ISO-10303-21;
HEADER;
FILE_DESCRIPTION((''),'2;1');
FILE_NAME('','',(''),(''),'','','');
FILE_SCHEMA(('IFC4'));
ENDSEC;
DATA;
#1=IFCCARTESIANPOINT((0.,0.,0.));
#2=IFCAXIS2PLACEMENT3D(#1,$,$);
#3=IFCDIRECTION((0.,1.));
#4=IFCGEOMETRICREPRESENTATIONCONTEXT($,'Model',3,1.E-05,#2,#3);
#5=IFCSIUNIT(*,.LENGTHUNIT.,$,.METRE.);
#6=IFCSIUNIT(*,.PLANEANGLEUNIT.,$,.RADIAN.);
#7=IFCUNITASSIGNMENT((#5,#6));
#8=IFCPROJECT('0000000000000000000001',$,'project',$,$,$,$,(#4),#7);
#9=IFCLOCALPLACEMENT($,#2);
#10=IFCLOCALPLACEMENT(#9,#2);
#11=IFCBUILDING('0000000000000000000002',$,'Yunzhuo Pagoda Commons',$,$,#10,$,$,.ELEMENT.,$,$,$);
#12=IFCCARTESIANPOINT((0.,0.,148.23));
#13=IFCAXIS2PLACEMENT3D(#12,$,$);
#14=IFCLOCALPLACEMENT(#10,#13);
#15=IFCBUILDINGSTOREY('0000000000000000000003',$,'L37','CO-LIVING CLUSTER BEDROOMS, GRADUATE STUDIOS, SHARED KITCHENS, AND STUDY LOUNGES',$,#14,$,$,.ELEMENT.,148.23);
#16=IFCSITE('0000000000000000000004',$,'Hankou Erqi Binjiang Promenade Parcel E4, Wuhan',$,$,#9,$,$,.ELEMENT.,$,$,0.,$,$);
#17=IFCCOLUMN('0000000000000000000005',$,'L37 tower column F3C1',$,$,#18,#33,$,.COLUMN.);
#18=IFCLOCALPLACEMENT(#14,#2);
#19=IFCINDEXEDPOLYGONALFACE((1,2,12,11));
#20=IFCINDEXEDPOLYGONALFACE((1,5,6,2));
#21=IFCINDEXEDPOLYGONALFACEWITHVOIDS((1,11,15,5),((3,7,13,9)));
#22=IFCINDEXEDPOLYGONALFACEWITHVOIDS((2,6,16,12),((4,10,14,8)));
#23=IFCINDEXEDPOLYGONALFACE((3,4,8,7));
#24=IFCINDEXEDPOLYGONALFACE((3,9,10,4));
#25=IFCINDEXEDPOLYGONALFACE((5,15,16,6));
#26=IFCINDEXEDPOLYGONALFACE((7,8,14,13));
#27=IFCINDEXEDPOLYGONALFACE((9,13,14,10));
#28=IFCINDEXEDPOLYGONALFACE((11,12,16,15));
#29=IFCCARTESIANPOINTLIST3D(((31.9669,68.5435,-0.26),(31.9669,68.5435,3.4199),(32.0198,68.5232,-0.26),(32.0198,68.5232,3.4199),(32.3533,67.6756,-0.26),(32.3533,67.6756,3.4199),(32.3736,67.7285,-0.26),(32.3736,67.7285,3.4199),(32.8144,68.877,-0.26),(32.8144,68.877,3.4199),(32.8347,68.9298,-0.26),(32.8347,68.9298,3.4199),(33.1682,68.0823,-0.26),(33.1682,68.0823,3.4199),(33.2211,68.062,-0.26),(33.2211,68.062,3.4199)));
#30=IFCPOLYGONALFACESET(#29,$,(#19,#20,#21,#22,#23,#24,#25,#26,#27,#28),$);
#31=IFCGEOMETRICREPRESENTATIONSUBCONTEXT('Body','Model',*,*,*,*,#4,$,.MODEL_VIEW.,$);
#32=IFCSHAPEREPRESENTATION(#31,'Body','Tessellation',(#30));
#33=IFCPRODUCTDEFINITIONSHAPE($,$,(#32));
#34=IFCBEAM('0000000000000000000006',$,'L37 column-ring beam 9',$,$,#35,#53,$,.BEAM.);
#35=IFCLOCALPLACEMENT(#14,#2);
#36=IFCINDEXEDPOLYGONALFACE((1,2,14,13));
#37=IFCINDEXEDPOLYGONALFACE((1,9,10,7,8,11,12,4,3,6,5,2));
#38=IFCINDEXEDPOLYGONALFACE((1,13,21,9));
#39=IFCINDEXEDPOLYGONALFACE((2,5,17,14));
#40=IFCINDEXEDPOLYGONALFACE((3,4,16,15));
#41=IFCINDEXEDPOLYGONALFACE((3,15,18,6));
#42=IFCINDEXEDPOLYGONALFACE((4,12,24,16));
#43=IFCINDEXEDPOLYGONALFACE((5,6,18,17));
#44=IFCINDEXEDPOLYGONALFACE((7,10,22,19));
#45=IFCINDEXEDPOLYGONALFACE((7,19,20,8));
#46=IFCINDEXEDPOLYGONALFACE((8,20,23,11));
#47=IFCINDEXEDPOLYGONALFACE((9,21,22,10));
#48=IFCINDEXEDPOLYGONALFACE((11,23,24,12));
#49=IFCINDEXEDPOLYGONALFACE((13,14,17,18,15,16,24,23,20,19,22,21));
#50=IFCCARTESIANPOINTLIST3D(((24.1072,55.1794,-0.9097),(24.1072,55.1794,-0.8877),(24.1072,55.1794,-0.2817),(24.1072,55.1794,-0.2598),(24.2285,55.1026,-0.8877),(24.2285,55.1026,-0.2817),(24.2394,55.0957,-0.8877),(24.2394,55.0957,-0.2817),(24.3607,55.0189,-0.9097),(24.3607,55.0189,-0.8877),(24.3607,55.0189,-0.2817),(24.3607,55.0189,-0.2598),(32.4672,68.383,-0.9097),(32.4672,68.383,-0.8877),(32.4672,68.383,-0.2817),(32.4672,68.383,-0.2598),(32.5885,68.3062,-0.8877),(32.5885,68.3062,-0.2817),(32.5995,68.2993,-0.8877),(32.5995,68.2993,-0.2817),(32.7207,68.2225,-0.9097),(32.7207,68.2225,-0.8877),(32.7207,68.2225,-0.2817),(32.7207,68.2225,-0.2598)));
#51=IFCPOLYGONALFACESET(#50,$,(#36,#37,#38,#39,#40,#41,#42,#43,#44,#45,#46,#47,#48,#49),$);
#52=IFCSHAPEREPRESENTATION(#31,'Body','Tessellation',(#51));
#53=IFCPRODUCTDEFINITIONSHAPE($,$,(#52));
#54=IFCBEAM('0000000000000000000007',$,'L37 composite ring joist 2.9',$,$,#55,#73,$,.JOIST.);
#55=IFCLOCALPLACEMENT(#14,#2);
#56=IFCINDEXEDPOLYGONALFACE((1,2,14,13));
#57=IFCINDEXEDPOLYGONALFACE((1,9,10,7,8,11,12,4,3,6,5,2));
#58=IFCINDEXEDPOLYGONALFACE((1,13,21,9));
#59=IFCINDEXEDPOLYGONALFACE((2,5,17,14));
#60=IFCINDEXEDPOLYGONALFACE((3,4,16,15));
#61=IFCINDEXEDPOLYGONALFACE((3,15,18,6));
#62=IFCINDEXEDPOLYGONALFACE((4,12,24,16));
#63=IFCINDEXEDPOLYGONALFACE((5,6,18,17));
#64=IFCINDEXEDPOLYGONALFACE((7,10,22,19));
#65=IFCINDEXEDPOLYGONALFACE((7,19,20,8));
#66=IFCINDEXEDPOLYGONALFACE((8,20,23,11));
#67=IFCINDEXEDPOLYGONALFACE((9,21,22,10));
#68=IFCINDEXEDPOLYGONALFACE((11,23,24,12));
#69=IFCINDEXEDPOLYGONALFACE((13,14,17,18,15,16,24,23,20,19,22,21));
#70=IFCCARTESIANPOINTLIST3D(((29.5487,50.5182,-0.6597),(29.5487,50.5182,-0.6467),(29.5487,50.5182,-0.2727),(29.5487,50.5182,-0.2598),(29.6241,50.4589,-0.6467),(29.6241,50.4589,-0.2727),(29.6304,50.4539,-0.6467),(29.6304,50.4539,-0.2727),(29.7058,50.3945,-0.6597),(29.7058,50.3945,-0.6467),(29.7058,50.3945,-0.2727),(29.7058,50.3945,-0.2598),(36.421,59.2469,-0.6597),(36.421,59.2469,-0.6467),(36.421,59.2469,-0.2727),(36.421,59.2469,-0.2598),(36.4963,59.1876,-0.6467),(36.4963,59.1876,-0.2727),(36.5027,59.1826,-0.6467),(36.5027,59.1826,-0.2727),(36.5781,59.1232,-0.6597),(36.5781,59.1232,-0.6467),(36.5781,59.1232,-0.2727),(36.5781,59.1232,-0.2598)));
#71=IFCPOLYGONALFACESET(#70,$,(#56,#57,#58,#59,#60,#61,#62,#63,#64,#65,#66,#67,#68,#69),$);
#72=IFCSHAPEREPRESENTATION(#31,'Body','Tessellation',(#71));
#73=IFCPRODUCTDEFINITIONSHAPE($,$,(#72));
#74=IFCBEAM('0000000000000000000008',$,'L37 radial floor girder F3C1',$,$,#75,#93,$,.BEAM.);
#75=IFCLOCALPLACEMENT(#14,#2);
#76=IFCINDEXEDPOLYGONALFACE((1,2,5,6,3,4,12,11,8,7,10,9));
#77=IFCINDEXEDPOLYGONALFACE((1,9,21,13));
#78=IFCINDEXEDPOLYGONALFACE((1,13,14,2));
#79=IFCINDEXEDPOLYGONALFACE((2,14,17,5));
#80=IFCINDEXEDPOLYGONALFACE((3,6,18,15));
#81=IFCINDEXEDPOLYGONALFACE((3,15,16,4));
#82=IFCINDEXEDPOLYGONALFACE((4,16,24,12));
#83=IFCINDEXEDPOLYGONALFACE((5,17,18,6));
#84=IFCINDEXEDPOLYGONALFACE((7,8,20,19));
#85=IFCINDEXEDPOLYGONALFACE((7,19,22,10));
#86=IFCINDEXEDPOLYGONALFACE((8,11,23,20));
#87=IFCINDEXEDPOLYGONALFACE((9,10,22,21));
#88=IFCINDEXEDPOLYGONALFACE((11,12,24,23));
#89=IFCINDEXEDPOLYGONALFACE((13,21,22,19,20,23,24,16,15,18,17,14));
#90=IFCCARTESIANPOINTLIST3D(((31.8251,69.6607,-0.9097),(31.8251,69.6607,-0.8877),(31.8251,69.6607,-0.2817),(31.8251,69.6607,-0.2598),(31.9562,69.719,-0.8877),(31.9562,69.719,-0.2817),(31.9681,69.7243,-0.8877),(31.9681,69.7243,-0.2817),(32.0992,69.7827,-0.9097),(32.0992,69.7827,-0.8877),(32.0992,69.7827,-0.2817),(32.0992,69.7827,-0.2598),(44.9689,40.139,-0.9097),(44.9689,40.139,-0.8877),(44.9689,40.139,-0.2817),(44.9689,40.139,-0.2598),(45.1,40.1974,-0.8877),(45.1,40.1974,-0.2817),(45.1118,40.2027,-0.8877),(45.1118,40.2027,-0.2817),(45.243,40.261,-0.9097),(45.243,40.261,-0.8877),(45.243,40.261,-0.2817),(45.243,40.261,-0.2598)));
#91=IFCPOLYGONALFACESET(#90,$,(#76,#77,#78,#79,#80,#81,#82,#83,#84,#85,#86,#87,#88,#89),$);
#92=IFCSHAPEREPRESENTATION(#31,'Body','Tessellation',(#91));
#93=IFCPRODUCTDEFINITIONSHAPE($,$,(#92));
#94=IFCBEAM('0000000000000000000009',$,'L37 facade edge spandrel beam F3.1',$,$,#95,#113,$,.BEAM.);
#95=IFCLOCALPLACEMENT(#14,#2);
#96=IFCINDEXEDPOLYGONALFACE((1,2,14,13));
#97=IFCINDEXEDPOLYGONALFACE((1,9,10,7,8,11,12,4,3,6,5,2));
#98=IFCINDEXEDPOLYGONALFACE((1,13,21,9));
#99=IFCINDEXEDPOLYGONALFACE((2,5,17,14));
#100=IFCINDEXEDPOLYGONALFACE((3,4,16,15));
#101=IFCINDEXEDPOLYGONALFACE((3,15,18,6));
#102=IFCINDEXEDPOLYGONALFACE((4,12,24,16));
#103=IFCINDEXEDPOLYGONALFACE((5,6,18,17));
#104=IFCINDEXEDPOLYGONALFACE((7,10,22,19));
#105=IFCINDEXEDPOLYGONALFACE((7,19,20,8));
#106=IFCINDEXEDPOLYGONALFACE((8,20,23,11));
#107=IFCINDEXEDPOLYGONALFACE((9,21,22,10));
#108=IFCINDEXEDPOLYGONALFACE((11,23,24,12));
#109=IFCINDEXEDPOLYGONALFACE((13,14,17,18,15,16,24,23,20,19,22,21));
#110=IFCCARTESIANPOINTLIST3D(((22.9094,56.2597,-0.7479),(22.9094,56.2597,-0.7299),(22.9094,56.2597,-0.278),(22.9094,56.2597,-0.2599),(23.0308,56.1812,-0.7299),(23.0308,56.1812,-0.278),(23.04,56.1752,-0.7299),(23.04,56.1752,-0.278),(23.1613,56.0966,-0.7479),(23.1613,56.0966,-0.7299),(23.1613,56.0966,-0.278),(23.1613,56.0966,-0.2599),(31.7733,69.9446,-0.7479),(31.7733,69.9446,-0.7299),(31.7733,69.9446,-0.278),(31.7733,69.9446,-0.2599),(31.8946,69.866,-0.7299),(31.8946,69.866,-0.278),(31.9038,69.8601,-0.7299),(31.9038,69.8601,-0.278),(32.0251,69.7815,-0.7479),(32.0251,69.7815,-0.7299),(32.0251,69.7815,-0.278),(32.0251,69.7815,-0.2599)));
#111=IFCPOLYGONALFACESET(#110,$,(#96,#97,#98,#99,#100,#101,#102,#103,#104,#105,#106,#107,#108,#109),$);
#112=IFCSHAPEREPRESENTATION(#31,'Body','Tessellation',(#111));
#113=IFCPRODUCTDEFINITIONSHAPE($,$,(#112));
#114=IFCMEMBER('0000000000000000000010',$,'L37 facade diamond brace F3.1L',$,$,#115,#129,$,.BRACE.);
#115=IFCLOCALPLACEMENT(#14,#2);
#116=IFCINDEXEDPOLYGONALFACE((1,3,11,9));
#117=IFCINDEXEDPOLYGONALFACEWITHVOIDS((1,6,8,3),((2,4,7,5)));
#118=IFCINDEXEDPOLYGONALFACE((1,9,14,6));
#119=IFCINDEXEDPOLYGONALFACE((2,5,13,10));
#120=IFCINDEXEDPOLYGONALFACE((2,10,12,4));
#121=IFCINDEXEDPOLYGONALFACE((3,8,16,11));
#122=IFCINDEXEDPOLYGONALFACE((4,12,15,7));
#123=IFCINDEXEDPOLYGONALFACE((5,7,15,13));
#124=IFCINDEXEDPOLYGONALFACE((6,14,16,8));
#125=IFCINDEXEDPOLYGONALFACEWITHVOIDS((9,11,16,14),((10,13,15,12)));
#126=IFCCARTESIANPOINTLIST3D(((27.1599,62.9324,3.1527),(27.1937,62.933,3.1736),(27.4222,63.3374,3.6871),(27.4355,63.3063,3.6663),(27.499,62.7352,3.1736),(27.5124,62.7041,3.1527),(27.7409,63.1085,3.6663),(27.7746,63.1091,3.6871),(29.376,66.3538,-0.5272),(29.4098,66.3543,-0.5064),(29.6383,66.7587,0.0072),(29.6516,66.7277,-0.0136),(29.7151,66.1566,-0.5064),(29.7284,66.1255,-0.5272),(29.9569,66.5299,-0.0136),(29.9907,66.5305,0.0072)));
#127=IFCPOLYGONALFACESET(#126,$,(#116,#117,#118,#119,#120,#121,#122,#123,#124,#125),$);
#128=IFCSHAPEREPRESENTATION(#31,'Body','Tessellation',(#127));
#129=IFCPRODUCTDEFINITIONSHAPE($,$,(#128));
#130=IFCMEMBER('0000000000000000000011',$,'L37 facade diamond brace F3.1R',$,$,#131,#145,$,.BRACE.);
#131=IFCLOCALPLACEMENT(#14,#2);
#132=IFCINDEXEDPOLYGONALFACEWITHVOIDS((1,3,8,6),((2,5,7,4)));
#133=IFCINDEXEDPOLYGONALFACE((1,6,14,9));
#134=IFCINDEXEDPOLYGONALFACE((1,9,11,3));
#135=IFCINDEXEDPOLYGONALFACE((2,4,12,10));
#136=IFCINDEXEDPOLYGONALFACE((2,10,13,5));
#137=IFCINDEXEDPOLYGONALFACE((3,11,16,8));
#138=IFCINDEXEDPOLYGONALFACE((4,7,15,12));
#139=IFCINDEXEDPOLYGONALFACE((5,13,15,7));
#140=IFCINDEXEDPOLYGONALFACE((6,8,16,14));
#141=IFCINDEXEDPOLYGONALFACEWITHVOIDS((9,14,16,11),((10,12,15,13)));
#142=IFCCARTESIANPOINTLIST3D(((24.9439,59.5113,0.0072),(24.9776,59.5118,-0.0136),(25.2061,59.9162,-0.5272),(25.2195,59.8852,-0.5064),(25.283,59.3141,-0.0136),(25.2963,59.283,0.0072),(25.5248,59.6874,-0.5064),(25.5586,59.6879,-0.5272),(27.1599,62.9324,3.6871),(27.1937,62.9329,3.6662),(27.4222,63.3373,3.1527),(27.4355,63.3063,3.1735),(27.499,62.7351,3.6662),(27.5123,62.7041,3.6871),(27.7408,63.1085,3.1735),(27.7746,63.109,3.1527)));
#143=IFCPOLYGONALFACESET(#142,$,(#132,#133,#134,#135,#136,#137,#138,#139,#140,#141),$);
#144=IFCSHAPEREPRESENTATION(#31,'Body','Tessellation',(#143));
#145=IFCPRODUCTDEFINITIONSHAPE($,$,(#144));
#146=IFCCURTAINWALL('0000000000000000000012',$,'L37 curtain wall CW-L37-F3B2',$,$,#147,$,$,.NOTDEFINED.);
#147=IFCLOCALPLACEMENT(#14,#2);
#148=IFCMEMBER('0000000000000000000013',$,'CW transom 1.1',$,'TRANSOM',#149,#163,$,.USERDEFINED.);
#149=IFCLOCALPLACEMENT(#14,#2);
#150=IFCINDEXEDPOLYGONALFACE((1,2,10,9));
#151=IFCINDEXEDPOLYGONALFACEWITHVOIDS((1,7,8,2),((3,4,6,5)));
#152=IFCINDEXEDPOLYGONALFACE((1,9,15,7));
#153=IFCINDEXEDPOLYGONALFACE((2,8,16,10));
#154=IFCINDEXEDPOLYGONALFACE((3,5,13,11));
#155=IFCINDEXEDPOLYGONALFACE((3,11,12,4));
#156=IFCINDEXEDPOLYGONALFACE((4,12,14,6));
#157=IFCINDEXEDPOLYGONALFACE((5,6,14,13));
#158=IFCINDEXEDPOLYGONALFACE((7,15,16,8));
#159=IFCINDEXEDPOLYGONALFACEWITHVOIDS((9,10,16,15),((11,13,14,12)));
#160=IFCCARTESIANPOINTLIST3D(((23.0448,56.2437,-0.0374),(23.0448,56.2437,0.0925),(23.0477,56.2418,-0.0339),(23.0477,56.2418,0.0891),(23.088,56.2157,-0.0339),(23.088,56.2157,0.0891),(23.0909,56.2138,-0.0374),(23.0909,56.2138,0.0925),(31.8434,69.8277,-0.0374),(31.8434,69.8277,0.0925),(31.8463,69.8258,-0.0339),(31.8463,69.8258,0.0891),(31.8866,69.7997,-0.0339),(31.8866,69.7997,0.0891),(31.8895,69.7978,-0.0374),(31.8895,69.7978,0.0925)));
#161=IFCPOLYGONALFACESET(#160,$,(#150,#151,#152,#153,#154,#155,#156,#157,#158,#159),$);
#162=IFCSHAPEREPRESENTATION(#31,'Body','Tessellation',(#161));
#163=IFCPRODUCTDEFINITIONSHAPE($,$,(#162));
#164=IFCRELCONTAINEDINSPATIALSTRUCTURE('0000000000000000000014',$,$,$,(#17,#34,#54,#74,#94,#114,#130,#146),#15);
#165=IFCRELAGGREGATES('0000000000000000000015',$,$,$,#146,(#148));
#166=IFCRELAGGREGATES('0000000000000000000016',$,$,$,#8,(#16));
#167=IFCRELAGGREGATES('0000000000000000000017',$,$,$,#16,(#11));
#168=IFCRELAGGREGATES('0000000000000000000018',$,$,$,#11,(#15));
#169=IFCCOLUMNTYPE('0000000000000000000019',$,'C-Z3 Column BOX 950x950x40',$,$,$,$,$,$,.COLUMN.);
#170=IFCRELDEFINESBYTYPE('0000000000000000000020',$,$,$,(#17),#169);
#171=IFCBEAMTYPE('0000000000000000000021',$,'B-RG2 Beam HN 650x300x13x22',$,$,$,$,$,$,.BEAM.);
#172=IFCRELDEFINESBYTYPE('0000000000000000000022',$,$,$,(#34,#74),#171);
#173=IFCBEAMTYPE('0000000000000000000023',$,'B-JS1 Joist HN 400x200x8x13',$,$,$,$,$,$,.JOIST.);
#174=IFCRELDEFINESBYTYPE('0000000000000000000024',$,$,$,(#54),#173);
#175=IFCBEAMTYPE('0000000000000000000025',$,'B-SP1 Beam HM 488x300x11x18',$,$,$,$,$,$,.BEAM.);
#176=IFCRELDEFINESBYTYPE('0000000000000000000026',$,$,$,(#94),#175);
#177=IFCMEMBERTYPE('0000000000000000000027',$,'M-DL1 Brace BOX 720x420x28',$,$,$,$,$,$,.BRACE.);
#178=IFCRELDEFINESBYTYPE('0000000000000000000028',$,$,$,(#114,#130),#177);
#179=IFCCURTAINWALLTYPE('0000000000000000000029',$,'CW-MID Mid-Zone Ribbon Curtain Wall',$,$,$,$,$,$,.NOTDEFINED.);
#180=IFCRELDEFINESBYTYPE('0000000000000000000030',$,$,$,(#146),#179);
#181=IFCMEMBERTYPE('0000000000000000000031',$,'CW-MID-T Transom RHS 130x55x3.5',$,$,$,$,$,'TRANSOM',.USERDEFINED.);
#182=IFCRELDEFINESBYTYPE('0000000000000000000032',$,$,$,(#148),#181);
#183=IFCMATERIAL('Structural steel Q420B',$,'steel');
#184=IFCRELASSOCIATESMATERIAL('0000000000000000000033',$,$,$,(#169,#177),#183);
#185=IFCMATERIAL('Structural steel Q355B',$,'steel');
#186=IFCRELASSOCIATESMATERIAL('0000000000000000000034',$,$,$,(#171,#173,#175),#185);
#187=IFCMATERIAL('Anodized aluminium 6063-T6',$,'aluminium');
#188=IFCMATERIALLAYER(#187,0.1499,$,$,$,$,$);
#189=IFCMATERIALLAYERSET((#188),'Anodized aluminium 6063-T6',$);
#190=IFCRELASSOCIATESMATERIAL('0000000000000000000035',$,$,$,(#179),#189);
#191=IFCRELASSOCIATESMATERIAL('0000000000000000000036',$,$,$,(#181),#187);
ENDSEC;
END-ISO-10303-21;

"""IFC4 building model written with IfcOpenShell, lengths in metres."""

from ifc_helpers import new_model, si_unit, direction, frame, origin, origin_2d, place, context, subcontext, project, spatial, hollow_rectangle, i_section, extrude, source, transform, mapped, material, layer, layer_set, material_profile, profile_set, type_object, element, aggregate, save


model = new_model("IFC4")

# Units and contexts
model_context = context("Model", 3, precision=1e-05, world=origin(), true_north=direction((0.0, 1.0)))
body_context = subcontext(model_context, "Body", "Model", "MODEL_VIEW")
ifc_project = project(units=[si_unit("LENGTHUNIT", "METRE"), si_unit("PLANEANGLEUNIT", "RADIAN")], contexts=[model_context])

# Site, building, storey
site_placement = place(None, origin())
site = spatial("IfcSite", under=ifc_project, at=site_placement, Name="Hankou Erqi Binjiang Promenade Parcel E4, Wuhan", CompositionType="ELEMENT", RefElevation=0.0)
building_placement = place(site_placement, origin())
building = spatial("IfcBuilding", under=site, at=building_placement, Name="Yunzhuo Pagoda Commons", CompositionType="ELEMENT")
storey_placement = place(building_placement, frame((0.0, 0.0, 148.23)))
storey = spatial("IfcBuildingStorey", under=building, at=storey_placement, Name="L37", Description="CO-LIVING CLUSTER BEDROOMS, GRADUATE STUDIOS, SHARED KITCHENS, AND STUDY LOUNGES", CompositionType="ELEMENT", Elevation=148.23)

# Column
ifc_material_1 = material(Name="Structural steel Q420B", Category="steel")
ifc_material_profile_1 = material_profile(ifc_material_1, hollow_rectangle(XDim=0.95, YDim=0.95, WallThickness=0.04, at=origin_2d()), Name="Structural steel Q420B")
ifc_profile_set_1 = profile_set([ifc_material_profile_1], Name="Structural steel Q420B")
column_type = type_object("IfcColumnType", Name="C-Z3 Column BOX 950x950x40", PredefinedType="COLUMN", material=ifc_profile_set_1)
shared_shape_1 = source(origin(), body_context, "Body", "SweptSolid", [
    extrude(hollow_rectangle(XDim=0.95, YDim=0.95, WallThickness=0.04, at=origin_2d()), origin(), (0.0, 0.0, 1.0), 3.6799),
])
column_placement = place(storey_placement, frame((32.594, 68.3027, -0.26), z_axis=(0.0, 0.0, 1.0), x_axis=(-0.913545, -0.406737, 0.0)))
element("IfcColumn", 1, at=column_placement, inside=storey, type_object=column_type, Name="L37 tower column F3C1", PredefinedType="COLUMN", context=body_context, shape_type="MappedRepresentation", body=[
    mapped(shared_shape_1, transform((0.0, 0.0, 0.0), scale=1.0)),
])

# Beams
ifc_material_2 = material(Name="Structural steel Q355B", Category="steel")
ifc_material_profile_2 = material_profile(ifc_material_2, i_section(OverallWidth=0.3, OverallDepth=0.6499, WebThickness=0.0129, FlangeThickness=0.022, at=origin_2d()), Name="Structural steel Q355B")
ifc_profile_set_2 = profile_set([ifc_material_profile_2], Name="Structural steel Q355B")
beam_type_1 = type_object("IfcBeamType", Name="B-RG2 Beam HN 650x300x13x22", PredefinedType="BEAM", material=ifc_profile_set_2)
shared_shape_2 = source(origin(), body_context, "Body", "SweptSolid", [
    extrude(i_section(OverallWidth=0.3, OverallDepth=0.6499, WebThickness=0.0129, FlangeThickness=0.022, at=origin_2d()), origin(), (0.0, 0.0, 1.0), 15.6277),
])
beam_1_placement = place(storey_placement, frame((32.594, 68.3027, -0.5847), z_axis=(-0.534952, -0.844882, 0.0), x_axis=(0.844882, -0.534952, 0.0)))
element("IfcBeam", 2, at=beam_1_placement, inside=storey, type_object=beam_type_1, Name="L37 column-ring beam 9", PredefinedType="BEAM", context=body_context, shape_type="MappedRepresentation", body=[
    mapped(shared_shape_2, transform((0.0, 0.0, 0.0), scale=1.0)),
])
ifc_material_profile_3 = material_profile(ifc_material_2, i_section(OverallWidth=0.2, OverallDepth=0.3999, WebThickness=0.0081, FlangeThickness=0.0129, at=origin_2d()), Name="Structural steel Q355B")
ifc_profile_set_3 = profile_set([ifc_material_profile_3], Name="Structural steel Q355B")
beam_type_2 = type_object("IfcBeamType", Name="B-JS1 Joist HN 400x200x8x13", PredefinedType="JOIST", material=ifc_profile_set_3)
shared_shape_3 = source(origin(), body_context, "Body", "SweptSolid", [
    extrude(i_section(OverallWidth=0.2, OverallDepth=0.3999, WebThickness=0.0081, FlangeThickness=0.0129, at=origin_2d()), origin(), (0.0, 0.0, 1.0), 11.1094),
])
beam_2_placement = place(storey_placement, frame((36.4995, 59.1851, -0.4597), z_axis=(-0.618601, -0.785706, 0.0), x_axis=(0.785706, -0.618601, 0.0)))
element("IfcBeam", 3, at=beam_2_placement, inside=storey, type_object=beam_type_2, Name="L37 composite ring joist 2.9", PredefinedType="JOIST", context=body_context, shape_type="MappedRepresentation", body=[
    mapped(shared_shape_3, transform((0.0, 0.0, 0.0), scale=1.0)),
])
shared_shape_4 = source(origin(), body_context, "Body", "SweptSolid", [
    extrude(i_section(OverallWidth=0.3, OverallDepth=0.6499, WebThickness=0.0129, FlangeThickness=0.022, at=origin_2d()), origin(), (0.0, 0.0, 1.0), 32.3154),
])
beam_3_placement = place(storey_placement, frame((31.9622, 69.7217, -0.5847), z_axis=(0.406734, -0.913547, 0.0), x_axis=(0.913547, 0.406734, 0.0)))
element("IfcBeam", 4, at=beam_3_placement, inside=storey, type_object=beam_type_1, Name="L37 radial floor girder F3C1", PredefinedType="BEAM", context=body_context, shape_type="MappedRepresentation", body=[
    mapped(shared_shape_4, transform((0.0, 0.0, 0.0), scale=1.0)),
])
ifc_material_profile_4 = material_profile(ifc_material_2, i_section(OverallWidth=0.3, OverallDepth=0.488, WebThickness=0.011, FlangeThickness=0.0181, at=origin_2d()), Name="Structural steel Q355B")
ifc_profile_set_4 = profile_set([ifc_material_profile_4], Name="Structural steel Q355B")
beam_type_3 = type_object("IfcBeamType", Name="B-SP1 Beam HM 488x300x11x18", PredefinedType="BEAM", material=ifc_profile_set_4)
shared_shape_5 = source(origin(), body_context, "Body", "SweptSolid", [
    extrude(i_section(OverallWidth=0.3, OverallDepth=0.488, WebThickness=0.011, FlangeThickness=0.0181, at=origin_2d()), origin(), (0.0, 0.0, 1.0), 16.3047),
])
beam_4_placement = place(storey_placement, frame((31.8992, 69.863, -0.5039), z_axis=(-0.543636, -0.839321, 0.0), x_axis=(0.839321, -0.543636, 0.0)))
element("IfcBeam", 5, at=beam_4_placement, inside=storey, type_object=beam_type_3, Name="L37 facade edge spandrel beam F3.1", PredefinedType="BEAM", context=body_context, shape_type="MappedRepresentation", body=[
    mapped(shared_shape_5, transform((0.0, 0.0, 0.0), scale=1.0)),
])

# Members
ifc_material_profile_5 = material_profile(ifc_material_1, hollow_rectangle(XDim=0.4199, YDim=0.72, WallThickness=0.0281, at=origin_2d()), Name="Structural steel Q420B")
ifc_profile_set_5 = profile_set([ifc_material_profile_5], Name="Structural steel Q420B")
member_type_1 = type_object("IfcMemberType", Name="M-DL1 Brace BOX 720x420x28", PredefinedType="BRACE", material=ifc_profile_set_5)
shared_shape_6 = source(origin(), body_context, "Body", "SweptSolid", [
    extrude(hollow_rectangle(XDim=0.4199, YDim=0.72, WallThickness=0.0281, at=origin_2d()), origin(), (0.0, 0.0, 1.0), 5.4917),
])
member_1_placement = place(storey_placement, frame((29.6833, 66.4421, -0.26), z_axis=(-0.40353, -0.623011, 0.67009), x_axis=(0.839321, -0.543636, 0.0)))
element("IfcMember", 6, at=member_1_placement, inside=storey, type_object=member_type_1, Name="L37 facade diamond brace F3.1L", PredefinedType="BRACE", context=body_context, shape_type="MappedRepresentation", body=[
    mapped(shared_shape_6, transform((0.0, 0.0, 0.0), scale=1.0)),
])
shared_shape_7 = source(origin(), body_context, "Body", "SweptSolid", [
    extrude(hollow_rectangle(XDim=0.4199, YDim=0.72, WallThickness=0.0281, at=origin_2d()), origin(), (0.0, 0.0, 1.0), 5.4915),
])
member_2_placement = place(storey_placement, frame((25.2512, 59.5996, -0.26), z_axis=(0.403541, 0.622984, 0.670109), x_axis=(-0.839303, 0.543663, 0.0)))
element("IfcMember", 7, at=member_2_placement, inside=storey, type_object=member_type_1, Name="L37 facade diamond brace F3.1R", PredefinedType="BRACE", context=body_context, shape_type="MappedRepresentation", body=[
    mapped(shared_shape_7, transform((0.0, 0.0, 0.0), scale=1.0)),
])

# Curtain wall, member
ifc_material_3 = material(Name="Anodized aluminium 6063-T6", Category="aluminium")
ifc_layer_1 = layer(ifc_material_3, 0.1499)
ifc_layer_set_1 = layer_set([ifc_layer_1], Name="Anodized aluminium 6063-T6")
curtain_wall_type = type_object("IfcCurtainWallType", Name="CW-MID Mid-Zone Ribbon Curtain Wall", PredefinedType="NOTDEFINED", material=ifc_layer_set_1)
curtain_wall_1_placement = place(storey_placement, origin())
curtain_wall_1 = element("IfcCurtainWall", 8, at=curtain_wall_1_placement, inside=storey, type_object=curtain_wall_type, Name="L37 curtain wall CW-L37-F3B2", PredefinedType="NOTDEFINED")
ifc_material_profile_6 = material_profile(ifc_material_3, hollow_rectangle(XDim=0.0549, YDim=0.1299, WallThickness=0.0034, at=origin_2d()), Name="Anodized aluminium 6063-T6")
ifc_profile_set_6 = profile_set([ifc_material_profile_6], Name="Anodized aluminium 6063-T6")
member_type_2 = type_object("IfcMemberType", Name="CW-MID-T Transom RHS 130x55x3.5", ElementType="TRANSOM", PredefinedType="USERDEFINED", material=ifc_profile_set_6)
shared_shape_8 = source(origin(), body_context, "Body", "SweptSolid", [
    extrude(hollow_rectangle(XDim=0.0549, YDim=0.1299, WallThickness=0.0034, at=origin_2d()), origin(), (0.0, 0.0, 1.0), 16.1846),
])
member_3_placement = place(storey_placement, frame((31.8665, 69.8127, 0.0276), z_axis=(-0.543641, -0.839318, 0.0), x_axis=(0.839318, -0.543641, 0.0)))
member_3 = element("IfcMember", 9, at=member_3_placement, type_object=member_type_2, Name="CW transom 1.1", ObjectType="TRANSOM", PredefinedType="USERDEFINED", context=body_context, shape_type="MappedRepresentation", body=[
    mapped(shared_shape_8, transform((0.0, 0.0, 0.0), scale=1.0)),
])

aggregate(curtain_wall_1, [member_3])

save(model, "model.ifc")
